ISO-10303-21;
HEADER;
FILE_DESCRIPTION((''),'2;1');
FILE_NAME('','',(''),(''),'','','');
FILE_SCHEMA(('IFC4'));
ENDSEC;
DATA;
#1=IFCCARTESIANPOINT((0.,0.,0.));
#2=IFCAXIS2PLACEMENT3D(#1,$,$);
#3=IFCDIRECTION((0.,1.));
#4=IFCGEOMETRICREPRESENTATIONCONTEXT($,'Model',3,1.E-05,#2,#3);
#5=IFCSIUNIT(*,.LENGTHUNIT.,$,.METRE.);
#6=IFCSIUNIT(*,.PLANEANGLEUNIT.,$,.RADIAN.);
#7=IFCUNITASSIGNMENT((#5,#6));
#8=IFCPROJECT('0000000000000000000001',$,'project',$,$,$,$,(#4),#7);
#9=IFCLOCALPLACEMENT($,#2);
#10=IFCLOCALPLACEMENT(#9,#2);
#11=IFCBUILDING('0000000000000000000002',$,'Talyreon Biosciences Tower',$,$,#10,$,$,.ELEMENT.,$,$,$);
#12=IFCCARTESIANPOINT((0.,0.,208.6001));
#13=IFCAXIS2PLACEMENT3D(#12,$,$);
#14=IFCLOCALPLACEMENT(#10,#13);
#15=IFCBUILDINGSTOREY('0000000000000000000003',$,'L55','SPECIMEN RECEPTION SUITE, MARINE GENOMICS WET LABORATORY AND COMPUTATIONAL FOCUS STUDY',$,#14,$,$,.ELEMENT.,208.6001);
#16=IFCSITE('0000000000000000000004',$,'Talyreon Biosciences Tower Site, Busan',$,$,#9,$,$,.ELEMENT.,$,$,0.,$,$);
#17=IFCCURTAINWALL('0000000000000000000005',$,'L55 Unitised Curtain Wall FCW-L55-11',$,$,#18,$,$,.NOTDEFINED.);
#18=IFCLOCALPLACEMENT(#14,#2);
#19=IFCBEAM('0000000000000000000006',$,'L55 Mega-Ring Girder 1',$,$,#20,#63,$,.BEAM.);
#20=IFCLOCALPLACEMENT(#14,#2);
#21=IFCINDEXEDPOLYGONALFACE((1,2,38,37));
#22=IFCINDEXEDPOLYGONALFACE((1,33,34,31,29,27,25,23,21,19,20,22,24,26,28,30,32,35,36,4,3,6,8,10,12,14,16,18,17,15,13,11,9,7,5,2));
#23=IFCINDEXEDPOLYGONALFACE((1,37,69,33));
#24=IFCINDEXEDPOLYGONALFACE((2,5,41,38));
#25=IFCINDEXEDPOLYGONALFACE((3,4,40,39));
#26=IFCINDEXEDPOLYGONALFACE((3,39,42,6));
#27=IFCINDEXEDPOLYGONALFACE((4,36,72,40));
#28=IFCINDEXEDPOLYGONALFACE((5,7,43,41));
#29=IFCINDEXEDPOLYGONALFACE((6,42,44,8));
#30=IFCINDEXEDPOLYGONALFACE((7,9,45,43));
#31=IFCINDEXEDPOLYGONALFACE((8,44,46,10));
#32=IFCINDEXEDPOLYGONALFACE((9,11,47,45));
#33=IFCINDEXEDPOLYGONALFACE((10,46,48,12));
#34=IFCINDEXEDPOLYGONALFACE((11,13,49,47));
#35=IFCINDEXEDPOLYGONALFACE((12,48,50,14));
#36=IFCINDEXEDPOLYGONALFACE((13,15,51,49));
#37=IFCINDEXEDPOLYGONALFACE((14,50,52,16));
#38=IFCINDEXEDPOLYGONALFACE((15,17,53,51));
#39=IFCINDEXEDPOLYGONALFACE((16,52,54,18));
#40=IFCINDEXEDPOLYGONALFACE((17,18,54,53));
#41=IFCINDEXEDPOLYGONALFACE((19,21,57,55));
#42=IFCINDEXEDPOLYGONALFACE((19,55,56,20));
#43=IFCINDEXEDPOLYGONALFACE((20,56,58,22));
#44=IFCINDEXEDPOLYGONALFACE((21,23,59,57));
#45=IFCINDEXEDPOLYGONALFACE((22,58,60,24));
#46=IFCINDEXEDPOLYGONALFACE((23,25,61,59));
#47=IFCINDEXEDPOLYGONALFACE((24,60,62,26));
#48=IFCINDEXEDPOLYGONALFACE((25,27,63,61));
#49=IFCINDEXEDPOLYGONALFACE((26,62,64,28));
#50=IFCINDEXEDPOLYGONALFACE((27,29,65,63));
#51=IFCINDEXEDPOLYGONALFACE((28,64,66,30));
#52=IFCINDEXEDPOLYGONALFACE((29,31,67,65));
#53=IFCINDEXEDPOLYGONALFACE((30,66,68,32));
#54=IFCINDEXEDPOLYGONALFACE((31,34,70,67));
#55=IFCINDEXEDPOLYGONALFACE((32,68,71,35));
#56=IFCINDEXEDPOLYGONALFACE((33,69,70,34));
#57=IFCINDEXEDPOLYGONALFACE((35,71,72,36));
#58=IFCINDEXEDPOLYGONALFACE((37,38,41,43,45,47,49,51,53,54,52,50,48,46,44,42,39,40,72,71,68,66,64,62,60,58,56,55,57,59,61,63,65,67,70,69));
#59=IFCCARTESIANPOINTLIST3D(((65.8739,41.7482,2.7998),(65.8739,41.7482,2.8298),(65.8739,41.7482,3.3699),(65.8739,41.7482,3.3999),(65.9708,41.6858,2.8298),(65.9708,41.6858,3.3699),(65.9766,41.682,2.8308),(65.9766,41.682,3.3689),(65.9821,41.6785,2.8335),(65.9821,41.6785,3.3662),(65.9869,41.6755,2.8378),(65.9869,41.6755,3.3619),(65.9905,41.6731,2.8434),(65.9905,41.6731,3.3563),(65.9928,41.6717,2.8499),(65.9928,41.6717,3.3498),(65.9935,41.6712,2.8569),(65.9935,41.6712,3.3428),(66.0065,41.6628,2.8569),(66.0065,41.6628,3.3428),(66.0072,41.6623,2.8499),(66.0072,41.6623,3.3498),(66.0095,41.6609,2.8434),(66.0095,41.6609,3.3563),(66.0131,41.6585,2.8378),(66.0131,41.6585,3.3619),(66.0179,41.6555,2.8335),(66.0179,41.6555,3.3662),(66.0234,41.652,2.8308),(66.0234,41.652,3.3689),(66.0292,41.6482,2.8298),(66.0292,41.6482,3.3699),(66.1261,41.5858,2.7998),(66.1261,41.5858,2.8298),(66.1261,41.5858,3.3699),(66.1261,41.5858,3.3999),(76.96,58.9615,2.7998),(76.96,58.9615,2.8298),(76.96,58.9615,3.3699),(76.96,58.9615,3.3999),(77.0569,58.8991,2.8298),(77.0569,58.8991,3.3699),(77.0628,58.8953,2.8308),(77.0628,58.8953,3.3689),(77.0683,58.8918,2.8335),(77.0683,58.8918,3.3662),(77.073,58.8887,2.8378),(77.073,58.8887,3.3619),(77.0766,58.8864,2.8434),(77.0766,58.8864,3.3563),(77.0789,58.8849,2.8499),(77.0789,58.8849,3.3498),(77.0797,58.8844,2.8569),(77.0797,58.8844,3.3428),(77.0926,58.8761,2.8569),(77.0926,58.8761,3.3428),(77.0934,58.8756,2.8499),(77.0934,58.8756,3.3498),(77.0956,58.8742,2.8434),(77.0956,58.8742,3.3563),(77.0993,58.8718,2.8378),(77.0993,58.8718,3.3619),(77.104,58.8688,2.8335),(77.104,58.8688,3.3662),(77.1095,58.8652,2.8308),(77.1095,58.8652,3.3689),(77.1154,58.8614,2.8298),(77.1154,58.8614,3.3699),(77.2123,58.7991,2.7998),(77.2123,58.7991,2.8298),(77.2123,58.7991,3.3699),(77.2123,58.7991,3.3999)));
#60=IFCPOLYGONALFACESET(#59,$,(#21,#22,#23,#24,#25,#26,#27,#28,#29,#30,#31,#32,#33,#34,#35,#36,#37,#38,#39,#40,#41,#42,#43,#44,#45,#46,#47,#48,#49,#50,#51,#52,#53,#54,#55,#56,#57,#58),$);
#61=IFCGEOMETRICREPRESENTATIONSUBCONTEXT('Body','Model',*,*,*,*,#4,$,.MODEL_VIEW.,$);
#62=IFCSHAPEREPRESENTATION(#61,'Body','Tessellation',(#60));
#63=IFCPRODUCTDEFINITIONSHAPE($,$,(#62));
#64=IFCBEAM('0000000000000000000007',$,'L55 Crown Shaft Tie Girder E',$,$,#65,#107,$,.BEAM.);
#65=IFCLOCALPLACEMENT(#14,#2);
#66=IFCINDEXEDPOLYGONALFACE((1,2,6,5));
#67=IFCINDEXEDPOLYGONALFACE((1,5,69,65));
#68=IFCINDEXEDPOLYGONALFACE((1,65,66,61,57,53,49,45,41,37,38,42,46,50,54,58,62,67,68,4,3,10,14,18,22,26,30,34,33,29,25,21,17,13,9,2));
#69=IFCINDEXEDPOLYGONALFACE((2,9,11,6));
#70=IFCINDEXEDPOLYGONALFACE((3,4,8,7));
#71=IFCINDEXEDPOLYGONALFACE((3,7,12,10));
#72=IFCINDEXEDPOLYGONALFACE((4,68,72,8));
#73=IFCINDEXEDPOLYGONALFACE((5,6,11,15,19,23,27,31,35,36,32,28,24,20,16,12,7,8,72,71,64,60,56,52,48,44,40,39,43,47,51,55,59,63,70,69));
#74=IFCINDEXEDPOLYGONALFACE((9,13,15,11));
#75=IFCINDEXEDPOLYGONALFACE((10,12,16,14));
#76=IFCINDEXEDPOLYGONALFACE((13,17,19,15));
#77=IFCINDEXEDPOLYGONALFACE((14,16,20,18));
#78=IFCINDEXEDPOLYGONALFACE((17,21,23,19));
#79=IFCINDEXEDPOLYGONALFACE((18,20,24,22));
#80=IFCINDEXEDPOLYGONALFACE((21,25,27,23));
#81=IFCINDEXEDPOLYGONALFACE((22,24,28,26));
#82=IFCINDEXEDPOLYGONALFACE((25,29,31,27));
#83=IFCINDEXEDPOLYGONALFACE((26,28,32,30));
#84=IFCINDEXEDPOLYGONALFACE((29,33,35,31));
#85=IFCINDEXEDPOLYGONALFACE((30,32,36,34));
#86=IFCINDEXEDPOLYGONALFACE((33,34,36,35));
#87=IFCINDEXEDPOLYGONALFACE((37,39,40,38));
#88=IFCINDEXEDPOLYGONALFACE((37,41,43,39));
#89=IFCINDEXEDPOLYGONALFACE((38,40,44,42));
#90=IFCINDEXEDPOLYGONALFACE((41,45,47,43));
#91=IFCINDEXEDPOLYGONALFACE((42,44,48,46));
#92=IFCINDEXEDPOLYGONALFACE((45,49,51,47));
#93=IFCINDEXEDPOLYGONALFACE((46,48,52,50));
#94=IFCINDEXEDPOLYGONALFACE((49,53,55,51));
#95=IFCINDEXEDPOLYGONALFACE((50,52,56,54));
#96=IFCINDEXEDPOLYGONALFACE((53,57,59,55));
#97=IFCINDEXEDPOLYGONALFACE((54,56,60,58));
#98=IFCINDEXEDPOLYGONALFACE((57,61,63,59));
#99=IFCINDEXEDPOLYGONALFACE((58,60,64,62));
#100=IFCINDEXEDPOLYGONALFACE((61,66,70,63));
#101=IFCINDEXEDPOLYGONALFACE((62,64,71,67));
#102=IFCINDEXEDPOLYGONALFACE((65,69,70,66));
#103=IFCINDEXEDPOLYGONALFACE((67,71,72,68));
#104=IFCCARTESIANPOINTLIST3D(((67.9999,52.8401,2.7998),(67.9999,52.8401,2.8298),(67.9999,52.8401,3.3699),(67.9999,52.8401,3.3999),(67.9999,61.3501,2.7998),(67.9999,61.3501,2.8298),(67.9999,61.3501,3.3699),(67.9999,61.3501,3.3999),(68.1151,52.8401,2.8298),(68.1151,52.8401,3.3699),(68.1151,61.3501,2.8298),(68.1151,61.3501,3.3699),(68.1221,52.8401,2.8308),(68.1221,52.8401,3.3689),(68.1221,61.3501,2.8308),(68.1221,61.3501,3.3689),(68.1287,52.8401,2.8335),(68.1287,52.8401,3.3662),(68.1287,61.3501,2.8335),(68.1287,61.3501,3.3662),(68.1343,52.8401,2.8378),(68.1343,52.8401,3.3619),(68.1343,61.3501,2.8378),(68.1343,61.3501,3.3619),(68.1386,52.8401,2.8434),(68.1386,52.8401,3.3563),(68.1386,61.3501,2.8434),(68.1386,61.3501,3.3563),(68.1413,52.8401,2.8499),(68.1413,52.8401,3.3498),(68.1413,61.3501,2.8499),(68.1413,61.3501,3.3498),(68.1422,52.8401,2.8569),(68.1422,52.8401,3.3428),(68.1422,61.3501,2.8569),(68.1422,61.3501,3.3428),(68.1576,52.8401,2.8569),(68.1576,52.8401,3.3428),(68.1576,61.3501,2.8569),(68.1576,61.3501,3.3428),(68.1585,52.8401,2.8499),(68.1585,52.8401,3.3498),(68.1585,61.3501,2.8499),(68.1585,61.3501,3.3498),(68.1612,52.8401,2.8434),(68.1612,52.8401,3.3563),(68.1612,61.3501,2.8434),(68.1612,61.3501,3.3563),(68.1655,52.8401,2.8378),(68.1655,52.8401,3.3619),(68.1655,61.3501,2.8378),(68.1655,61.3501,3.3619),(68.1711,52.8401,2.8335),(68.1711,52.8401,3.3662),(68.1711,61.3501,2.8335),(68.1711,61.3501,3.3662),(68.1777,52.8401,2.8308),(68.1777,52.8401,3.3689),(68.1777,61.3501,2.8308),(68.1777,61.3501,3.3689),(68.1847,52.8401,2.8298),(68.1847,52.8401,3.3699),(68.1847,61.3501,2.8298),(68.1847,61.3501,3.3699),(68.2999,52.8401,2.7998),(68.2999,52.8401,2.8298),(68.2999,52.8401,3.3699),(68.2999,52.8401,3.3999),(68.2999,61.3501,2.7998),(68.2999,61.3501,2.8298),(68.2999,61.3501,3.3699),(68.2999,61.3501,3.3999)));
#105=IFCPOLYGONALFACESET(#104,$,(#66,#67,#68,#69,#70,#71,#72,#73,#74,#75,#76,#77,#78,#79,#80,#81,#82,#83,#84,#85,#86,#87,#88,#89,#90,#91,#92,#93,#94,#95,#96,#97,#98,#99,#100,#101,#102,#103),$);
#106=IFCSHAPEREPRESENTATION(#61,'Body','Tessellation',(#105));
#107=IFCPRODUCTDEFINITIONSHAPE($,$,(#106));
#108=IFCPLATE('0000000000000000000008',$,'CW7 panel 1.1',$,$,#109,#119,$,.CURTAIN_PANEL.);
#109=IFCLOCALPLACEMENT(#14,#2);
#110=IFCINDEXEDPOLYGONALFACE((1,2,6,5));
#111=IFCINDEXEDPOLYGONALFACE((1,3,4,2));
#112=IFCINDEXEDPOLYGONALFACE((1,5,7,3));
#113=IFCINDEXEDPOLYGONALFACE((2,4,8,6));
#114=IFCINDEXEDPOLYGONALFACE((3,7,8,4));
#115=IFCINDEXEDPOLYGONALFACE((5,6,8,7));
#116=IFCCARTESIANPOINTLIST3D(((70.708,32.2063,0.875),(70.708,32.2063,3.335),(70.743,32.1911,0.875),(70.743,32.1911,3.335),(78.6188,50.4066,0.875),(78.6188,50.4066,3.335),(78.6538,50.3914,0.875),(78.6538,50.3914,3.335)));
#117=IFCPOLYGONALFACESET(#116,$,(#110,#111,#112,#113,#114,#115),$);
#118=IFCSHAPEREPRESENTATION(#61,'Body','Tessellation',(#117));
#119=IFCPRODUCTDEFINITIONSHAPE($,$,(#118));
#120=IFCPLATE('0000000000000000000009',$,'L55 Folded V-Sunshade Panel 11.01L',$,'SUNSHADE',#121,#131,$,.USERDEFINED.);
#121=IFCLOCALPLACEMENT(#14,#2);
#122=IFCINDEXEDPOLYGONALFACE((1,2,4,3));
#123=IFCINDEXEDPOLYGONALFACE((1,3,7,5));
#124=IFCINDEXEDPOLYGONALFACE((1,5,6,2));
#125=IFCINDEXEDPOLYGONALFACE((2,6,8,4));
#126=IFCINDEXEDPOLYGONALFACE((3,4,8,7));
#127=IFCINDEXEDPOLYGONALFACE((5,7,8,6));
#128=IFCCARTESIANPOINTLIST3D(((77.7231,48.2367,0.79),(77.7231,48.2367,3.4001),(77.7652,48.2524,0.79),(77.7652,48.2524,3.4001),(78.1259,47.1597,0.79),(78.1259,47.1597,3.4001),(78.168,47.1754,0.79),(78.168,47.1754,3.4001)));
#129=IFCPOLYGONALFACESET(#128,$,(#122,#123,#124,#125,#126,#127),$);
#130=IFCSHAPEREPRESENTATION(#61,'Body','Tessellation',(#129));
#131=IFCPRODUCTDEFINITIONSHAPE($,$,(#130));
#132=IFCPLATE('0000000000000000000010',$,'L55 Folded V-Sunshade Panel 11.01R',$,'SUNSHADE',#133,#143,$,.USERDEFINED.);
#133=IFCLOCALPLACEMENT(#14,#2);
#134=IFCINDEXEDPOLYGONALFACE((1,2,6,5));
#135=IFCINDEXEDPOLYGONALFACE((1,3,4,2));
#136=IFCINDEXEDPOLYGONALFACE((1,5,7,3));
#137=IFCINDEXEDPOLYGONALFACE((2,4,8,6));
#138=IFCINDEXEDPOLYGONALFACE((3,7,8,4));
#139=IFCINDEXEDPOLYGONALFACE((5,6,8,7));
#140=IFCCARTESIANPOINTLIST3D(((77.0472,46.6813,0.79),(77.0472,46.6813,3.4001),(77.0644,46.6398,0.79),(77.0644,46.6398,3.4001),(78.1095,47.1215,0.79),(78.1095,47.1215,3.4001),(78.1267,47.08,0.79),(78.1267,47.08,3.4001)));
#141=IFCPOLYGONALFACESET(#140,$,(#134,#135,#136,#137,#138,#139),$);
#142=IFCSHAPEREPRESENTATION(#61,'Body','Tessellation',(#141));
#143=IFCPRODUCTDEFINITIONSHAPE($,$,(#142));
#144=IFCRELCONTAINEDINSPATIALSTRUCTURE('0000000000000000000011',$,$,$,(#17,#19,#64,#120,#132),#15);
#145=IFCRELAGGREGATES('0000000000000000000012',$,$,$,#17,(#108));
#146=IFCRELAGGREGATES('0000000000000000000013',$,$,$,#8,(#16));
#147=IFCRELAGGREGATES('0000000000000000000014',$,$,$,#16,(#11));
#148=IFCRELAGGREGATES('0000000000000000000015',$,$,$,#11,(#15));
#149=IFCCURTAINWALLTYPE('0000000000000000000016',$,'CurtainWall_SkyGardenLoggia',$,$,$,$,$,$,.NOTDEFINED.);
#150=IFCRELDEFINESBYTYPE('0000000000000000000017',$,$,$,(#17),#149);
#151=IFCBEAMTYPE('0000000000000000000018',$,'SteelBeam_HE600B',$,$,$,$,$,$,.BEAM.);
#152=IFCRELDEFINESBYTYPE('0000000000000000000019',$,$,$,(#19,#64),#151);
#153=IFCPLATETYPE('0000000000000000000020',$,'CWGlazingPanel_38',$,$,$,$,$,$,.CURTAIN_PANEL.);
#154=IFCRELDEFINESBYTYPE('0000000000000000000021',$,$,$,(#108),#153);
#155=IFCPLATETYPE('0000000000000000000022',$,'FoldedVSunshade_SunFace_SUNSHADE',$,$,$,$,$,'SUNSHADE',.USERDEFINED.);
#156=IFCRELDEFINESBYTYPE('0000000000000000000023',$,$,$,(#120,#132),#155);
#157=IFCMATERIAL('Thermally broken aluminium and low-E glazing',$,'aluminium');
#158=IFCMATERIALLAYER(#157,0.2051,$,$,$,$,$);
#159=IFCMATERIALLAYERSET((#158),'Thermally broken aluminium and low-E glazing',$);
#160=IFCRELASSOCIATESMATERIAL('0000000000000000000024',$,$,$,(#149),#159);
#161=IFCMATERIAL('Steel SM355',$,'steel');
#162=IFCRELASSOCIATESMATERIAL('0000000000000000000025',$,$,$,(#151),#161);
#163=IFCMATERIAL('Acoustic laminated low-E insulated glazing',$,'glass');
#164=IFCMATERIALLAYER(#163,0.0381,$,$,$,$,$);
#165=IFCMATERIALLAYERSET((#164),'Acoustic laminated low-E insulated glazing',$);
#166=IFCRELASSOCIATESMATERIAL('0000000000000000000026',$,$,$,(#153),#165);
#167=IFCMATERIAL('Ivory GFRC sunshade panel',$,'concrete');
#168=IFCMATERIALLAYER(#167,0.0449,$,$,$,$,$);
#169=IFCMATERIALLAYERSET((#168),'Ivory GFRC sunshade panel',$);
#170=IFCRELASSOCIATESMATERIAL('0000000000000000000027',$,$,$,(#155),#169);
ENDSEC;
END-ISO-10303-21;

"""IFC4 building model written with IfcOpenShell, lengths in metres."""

from ifc_helpers import new_model, si_unit, direction, frame, origin, origin_2d, place, context, subcontext, project, spatial, rectangle, i_section, extrude, material, layer, layer_set, material_profile, profile_set, type_object, element, aggregate, save


model = new_model("IFC4")

# Units and contexts
model_context = context("Model", 3, precision=1e-05, world=origin(), true_north=direction((0.0, 1.0)))
body_context = subcontext(model_context, "Body", "Model", "MODEL_VIEW")
ifc_project = project(units=[si_unit("LENGTHUNIT", "METRE"), si_unit("PLANEANGLEUNIT", "RADIAN")], contexts=[model_context])

# Site, building, storey
site_placement = place(None, origin())
site = spatial("IfcSite", under=ifc_project, at=site_placement, Name="Talyreon Biosciences Tower Site, Busan", CompositionType="ELEMENT", RefElevation=0.0)
building_placement = place(site_placement, origin())
building = spatial("IfcBuilding", under=site, at=building_placement, Name="Talyreon Biosciences Tower", CompositionType="ELEMENT")
storey_placement = place(building_placement, frame((0.0, 0.0, 208.6001)))
storey = spatial("IfcBuildingStorey", under=building, at=storey_placement, Name="L55", Description="SPECIMEN RECEPTION SUITE, MARINE GENOMICS WET LABORATORY AND COMPUTATIONAL FOCUS STUDY", CompositionType="ELEMENT", Elevation=208.6001)

# Curtain wall
ifc_material_1 = material(Name="Thermally broken aluminium and low-E glazing", Category="aluminium")
ifc_layer_1 = layer(ifc_material_1, 0.2051)
ifc_layer_set_1 = layer_set([ifc_layer_1], Name="Thermally broken aluminium and low-E glazing")
curtain_wall_type = type_object("IfcCurtainWallType", Name="CurtainWall_SkyGardenLoggia", PredefinedType="NOTDEFINED", material=ifc_layer_set_1)
curtain_wall_placement = place(storey_placement, origin())
curtain_wall = element("IfcCurtainWall", 1, at=curtain_wall_placement, inside=storey, type_object=curtain_wall_type, Name="L55 Unitised Curtain Wall FCW-L55-11", PredefinedType="NOTDEFINED")

# Beams
ifc_material_2 = material(Name="Steel SM355", Category="steel")
ifc_material_profile_1 = material_profile(ifc_material_2, i_section(OverallWidth=0.3, OverallDepth=0.6001, WebThickness=0.0154, FlangeThickness=0.03, FilletRadius=0.0271, at=origin_2d()), Name="HE600B")
ifc_profile_set_1 = profile_set([ifc_material_profile_1], Name="Steel SM355")
beam_type_1 = type_object("IfcBeamType", Name="SteelBeam_HE600B", PredefinedType="BEAM", material=ifc_profile_set_1)
beam_1_placement = place(storey_placement, frame((66.0, 41.667, 3.0999), z_axis=(0.541464, 0.840724, 0.0), x_axis=(-0.840724, 0.541464, 0.0)))
element("IfcBeam", 2, at=beam_1_placement, inside=storey, type_object=beam_type_1, Name="L55 Mega-Ring Girder 1", PredefinedType="BEAM", context=body_context, shape_type="SweptSolid", body=[
    extrude(i_section(OverallWidth=0.3, OverallDepth=0.6001, WebThickness=0.0154, FlangeThickness=0.03, FilletRadius=0.0271, at=origin_2d()), origin(), (0.0, 0.0, 1.0), 20.4744),
])
beam_2_placement = place(storey_placement, frame((68.1499, 52.8401, 3.0999), z_axis=(0.0, 1.0, 0.0), x_axis=(-1.0, 0.0, 0.0)))
element("IfcBeam", 3, at=beam_2_placement, inside=storey, type_object=beam_type_1, Name="L55 Crown Shaft Tie Girder E", PredefinedType="BEAM", context=body_context, shape_type="SweptSolid", body=[
    extrude(i_section(OverallWidth=0.3, OverallDepth=0.6001, WebThickness=0.0154, FlangeThickness=0.03, FilletRadius=0.0271, at=origin_2d()), origin(), (0.0, 0.0, 1.0), 8.51),
])

# Plate
ifc_material_3 = material(Name="Acoustic laminated low-E insulated glazing", Category="glass")
ifc_layer_2 = layer(ifc_material_3, 0.0381)
ifc_layer_set_2 = layer_set([ifc_layer_2], Name="Acoustic laminated low-E insulated glazing")
plate_type_1 = type_object("IfcPlateType", Name="CWGlazingPanel_38", PredefinedType="CURTAIN_PANEL", material=ifc_layer_set_2)
plate_placement = place(storey_placement, frame((74.6809, 41.2988, 0.875), z_axis=(0.0, 0.0, 1.0), x_axis=(-0.398625, -0.917114, 0.0)))
plate = element("IfcPlate", 4, at=plate_placement, type_object=plate_type_1, Name="CW7 panel 1.1", PredefinedType="CURTAIN_PANEL", context=body_context, shape_type="SweptSolid", body=[
    extrude(rectangle(XDim=19.8452, YDim=0.0381, at=origin_2d()), origin(), (0.0, 0.0, 1.0), 2.46),
])
aggregate(curtain_wall, [plate])

# Plates
ifc_material_4 = material(Name="Ivory GFRC sunshade panel", Category="concrete")
ifc_layer_3 = layer(ifc_material_4, 0.0449)
ifc_layer_set_3 = layer_set([ifc_layer_3], Name="Ivory GFRC sunshade panel")
plate_type_2 = type_object("IfcPlateType", Name="FoldedVSunshade_SunFace_SUNSHADE", ElementType="SUNSHADE", PredefinedType="USERDEFINED", material=ifc_layer_set_3)
for number, where, z_axis, x_axis, name in (
    (5, (77.9456, 47.7061, 0.79), (0.0, 0.0, 1.0), (0.350338, -0.936623, 0.0), "L55 Folded V-Sunshade Panel 11.01L"),
    (6, (77.5869, 46.8806, 0.79), (0.0, 0.0, 1.0), (-0.923826, -0.382812, 0.0), "L55 Folded V-Sunshade Panel 11.01R"),
):
    element("IfcPlate", number, at=place(storey_placement, frame(where, z_axis=z_axis, x_axis=x_axis)), inside=storey, type_object=plate_type_2, Name=name, ObjectType="SUNSHADE", PredefinedType="USERDEFINED", context=body_context, shape_type="SweptSolid", body=[
        extrude(rectangle(XDim=1.1499, YDim=0.0449, at=origin_2d()), origin(), (0.0, 0.0, 1.0), 2.6101),
    ])

save(model, "model.ifc")
